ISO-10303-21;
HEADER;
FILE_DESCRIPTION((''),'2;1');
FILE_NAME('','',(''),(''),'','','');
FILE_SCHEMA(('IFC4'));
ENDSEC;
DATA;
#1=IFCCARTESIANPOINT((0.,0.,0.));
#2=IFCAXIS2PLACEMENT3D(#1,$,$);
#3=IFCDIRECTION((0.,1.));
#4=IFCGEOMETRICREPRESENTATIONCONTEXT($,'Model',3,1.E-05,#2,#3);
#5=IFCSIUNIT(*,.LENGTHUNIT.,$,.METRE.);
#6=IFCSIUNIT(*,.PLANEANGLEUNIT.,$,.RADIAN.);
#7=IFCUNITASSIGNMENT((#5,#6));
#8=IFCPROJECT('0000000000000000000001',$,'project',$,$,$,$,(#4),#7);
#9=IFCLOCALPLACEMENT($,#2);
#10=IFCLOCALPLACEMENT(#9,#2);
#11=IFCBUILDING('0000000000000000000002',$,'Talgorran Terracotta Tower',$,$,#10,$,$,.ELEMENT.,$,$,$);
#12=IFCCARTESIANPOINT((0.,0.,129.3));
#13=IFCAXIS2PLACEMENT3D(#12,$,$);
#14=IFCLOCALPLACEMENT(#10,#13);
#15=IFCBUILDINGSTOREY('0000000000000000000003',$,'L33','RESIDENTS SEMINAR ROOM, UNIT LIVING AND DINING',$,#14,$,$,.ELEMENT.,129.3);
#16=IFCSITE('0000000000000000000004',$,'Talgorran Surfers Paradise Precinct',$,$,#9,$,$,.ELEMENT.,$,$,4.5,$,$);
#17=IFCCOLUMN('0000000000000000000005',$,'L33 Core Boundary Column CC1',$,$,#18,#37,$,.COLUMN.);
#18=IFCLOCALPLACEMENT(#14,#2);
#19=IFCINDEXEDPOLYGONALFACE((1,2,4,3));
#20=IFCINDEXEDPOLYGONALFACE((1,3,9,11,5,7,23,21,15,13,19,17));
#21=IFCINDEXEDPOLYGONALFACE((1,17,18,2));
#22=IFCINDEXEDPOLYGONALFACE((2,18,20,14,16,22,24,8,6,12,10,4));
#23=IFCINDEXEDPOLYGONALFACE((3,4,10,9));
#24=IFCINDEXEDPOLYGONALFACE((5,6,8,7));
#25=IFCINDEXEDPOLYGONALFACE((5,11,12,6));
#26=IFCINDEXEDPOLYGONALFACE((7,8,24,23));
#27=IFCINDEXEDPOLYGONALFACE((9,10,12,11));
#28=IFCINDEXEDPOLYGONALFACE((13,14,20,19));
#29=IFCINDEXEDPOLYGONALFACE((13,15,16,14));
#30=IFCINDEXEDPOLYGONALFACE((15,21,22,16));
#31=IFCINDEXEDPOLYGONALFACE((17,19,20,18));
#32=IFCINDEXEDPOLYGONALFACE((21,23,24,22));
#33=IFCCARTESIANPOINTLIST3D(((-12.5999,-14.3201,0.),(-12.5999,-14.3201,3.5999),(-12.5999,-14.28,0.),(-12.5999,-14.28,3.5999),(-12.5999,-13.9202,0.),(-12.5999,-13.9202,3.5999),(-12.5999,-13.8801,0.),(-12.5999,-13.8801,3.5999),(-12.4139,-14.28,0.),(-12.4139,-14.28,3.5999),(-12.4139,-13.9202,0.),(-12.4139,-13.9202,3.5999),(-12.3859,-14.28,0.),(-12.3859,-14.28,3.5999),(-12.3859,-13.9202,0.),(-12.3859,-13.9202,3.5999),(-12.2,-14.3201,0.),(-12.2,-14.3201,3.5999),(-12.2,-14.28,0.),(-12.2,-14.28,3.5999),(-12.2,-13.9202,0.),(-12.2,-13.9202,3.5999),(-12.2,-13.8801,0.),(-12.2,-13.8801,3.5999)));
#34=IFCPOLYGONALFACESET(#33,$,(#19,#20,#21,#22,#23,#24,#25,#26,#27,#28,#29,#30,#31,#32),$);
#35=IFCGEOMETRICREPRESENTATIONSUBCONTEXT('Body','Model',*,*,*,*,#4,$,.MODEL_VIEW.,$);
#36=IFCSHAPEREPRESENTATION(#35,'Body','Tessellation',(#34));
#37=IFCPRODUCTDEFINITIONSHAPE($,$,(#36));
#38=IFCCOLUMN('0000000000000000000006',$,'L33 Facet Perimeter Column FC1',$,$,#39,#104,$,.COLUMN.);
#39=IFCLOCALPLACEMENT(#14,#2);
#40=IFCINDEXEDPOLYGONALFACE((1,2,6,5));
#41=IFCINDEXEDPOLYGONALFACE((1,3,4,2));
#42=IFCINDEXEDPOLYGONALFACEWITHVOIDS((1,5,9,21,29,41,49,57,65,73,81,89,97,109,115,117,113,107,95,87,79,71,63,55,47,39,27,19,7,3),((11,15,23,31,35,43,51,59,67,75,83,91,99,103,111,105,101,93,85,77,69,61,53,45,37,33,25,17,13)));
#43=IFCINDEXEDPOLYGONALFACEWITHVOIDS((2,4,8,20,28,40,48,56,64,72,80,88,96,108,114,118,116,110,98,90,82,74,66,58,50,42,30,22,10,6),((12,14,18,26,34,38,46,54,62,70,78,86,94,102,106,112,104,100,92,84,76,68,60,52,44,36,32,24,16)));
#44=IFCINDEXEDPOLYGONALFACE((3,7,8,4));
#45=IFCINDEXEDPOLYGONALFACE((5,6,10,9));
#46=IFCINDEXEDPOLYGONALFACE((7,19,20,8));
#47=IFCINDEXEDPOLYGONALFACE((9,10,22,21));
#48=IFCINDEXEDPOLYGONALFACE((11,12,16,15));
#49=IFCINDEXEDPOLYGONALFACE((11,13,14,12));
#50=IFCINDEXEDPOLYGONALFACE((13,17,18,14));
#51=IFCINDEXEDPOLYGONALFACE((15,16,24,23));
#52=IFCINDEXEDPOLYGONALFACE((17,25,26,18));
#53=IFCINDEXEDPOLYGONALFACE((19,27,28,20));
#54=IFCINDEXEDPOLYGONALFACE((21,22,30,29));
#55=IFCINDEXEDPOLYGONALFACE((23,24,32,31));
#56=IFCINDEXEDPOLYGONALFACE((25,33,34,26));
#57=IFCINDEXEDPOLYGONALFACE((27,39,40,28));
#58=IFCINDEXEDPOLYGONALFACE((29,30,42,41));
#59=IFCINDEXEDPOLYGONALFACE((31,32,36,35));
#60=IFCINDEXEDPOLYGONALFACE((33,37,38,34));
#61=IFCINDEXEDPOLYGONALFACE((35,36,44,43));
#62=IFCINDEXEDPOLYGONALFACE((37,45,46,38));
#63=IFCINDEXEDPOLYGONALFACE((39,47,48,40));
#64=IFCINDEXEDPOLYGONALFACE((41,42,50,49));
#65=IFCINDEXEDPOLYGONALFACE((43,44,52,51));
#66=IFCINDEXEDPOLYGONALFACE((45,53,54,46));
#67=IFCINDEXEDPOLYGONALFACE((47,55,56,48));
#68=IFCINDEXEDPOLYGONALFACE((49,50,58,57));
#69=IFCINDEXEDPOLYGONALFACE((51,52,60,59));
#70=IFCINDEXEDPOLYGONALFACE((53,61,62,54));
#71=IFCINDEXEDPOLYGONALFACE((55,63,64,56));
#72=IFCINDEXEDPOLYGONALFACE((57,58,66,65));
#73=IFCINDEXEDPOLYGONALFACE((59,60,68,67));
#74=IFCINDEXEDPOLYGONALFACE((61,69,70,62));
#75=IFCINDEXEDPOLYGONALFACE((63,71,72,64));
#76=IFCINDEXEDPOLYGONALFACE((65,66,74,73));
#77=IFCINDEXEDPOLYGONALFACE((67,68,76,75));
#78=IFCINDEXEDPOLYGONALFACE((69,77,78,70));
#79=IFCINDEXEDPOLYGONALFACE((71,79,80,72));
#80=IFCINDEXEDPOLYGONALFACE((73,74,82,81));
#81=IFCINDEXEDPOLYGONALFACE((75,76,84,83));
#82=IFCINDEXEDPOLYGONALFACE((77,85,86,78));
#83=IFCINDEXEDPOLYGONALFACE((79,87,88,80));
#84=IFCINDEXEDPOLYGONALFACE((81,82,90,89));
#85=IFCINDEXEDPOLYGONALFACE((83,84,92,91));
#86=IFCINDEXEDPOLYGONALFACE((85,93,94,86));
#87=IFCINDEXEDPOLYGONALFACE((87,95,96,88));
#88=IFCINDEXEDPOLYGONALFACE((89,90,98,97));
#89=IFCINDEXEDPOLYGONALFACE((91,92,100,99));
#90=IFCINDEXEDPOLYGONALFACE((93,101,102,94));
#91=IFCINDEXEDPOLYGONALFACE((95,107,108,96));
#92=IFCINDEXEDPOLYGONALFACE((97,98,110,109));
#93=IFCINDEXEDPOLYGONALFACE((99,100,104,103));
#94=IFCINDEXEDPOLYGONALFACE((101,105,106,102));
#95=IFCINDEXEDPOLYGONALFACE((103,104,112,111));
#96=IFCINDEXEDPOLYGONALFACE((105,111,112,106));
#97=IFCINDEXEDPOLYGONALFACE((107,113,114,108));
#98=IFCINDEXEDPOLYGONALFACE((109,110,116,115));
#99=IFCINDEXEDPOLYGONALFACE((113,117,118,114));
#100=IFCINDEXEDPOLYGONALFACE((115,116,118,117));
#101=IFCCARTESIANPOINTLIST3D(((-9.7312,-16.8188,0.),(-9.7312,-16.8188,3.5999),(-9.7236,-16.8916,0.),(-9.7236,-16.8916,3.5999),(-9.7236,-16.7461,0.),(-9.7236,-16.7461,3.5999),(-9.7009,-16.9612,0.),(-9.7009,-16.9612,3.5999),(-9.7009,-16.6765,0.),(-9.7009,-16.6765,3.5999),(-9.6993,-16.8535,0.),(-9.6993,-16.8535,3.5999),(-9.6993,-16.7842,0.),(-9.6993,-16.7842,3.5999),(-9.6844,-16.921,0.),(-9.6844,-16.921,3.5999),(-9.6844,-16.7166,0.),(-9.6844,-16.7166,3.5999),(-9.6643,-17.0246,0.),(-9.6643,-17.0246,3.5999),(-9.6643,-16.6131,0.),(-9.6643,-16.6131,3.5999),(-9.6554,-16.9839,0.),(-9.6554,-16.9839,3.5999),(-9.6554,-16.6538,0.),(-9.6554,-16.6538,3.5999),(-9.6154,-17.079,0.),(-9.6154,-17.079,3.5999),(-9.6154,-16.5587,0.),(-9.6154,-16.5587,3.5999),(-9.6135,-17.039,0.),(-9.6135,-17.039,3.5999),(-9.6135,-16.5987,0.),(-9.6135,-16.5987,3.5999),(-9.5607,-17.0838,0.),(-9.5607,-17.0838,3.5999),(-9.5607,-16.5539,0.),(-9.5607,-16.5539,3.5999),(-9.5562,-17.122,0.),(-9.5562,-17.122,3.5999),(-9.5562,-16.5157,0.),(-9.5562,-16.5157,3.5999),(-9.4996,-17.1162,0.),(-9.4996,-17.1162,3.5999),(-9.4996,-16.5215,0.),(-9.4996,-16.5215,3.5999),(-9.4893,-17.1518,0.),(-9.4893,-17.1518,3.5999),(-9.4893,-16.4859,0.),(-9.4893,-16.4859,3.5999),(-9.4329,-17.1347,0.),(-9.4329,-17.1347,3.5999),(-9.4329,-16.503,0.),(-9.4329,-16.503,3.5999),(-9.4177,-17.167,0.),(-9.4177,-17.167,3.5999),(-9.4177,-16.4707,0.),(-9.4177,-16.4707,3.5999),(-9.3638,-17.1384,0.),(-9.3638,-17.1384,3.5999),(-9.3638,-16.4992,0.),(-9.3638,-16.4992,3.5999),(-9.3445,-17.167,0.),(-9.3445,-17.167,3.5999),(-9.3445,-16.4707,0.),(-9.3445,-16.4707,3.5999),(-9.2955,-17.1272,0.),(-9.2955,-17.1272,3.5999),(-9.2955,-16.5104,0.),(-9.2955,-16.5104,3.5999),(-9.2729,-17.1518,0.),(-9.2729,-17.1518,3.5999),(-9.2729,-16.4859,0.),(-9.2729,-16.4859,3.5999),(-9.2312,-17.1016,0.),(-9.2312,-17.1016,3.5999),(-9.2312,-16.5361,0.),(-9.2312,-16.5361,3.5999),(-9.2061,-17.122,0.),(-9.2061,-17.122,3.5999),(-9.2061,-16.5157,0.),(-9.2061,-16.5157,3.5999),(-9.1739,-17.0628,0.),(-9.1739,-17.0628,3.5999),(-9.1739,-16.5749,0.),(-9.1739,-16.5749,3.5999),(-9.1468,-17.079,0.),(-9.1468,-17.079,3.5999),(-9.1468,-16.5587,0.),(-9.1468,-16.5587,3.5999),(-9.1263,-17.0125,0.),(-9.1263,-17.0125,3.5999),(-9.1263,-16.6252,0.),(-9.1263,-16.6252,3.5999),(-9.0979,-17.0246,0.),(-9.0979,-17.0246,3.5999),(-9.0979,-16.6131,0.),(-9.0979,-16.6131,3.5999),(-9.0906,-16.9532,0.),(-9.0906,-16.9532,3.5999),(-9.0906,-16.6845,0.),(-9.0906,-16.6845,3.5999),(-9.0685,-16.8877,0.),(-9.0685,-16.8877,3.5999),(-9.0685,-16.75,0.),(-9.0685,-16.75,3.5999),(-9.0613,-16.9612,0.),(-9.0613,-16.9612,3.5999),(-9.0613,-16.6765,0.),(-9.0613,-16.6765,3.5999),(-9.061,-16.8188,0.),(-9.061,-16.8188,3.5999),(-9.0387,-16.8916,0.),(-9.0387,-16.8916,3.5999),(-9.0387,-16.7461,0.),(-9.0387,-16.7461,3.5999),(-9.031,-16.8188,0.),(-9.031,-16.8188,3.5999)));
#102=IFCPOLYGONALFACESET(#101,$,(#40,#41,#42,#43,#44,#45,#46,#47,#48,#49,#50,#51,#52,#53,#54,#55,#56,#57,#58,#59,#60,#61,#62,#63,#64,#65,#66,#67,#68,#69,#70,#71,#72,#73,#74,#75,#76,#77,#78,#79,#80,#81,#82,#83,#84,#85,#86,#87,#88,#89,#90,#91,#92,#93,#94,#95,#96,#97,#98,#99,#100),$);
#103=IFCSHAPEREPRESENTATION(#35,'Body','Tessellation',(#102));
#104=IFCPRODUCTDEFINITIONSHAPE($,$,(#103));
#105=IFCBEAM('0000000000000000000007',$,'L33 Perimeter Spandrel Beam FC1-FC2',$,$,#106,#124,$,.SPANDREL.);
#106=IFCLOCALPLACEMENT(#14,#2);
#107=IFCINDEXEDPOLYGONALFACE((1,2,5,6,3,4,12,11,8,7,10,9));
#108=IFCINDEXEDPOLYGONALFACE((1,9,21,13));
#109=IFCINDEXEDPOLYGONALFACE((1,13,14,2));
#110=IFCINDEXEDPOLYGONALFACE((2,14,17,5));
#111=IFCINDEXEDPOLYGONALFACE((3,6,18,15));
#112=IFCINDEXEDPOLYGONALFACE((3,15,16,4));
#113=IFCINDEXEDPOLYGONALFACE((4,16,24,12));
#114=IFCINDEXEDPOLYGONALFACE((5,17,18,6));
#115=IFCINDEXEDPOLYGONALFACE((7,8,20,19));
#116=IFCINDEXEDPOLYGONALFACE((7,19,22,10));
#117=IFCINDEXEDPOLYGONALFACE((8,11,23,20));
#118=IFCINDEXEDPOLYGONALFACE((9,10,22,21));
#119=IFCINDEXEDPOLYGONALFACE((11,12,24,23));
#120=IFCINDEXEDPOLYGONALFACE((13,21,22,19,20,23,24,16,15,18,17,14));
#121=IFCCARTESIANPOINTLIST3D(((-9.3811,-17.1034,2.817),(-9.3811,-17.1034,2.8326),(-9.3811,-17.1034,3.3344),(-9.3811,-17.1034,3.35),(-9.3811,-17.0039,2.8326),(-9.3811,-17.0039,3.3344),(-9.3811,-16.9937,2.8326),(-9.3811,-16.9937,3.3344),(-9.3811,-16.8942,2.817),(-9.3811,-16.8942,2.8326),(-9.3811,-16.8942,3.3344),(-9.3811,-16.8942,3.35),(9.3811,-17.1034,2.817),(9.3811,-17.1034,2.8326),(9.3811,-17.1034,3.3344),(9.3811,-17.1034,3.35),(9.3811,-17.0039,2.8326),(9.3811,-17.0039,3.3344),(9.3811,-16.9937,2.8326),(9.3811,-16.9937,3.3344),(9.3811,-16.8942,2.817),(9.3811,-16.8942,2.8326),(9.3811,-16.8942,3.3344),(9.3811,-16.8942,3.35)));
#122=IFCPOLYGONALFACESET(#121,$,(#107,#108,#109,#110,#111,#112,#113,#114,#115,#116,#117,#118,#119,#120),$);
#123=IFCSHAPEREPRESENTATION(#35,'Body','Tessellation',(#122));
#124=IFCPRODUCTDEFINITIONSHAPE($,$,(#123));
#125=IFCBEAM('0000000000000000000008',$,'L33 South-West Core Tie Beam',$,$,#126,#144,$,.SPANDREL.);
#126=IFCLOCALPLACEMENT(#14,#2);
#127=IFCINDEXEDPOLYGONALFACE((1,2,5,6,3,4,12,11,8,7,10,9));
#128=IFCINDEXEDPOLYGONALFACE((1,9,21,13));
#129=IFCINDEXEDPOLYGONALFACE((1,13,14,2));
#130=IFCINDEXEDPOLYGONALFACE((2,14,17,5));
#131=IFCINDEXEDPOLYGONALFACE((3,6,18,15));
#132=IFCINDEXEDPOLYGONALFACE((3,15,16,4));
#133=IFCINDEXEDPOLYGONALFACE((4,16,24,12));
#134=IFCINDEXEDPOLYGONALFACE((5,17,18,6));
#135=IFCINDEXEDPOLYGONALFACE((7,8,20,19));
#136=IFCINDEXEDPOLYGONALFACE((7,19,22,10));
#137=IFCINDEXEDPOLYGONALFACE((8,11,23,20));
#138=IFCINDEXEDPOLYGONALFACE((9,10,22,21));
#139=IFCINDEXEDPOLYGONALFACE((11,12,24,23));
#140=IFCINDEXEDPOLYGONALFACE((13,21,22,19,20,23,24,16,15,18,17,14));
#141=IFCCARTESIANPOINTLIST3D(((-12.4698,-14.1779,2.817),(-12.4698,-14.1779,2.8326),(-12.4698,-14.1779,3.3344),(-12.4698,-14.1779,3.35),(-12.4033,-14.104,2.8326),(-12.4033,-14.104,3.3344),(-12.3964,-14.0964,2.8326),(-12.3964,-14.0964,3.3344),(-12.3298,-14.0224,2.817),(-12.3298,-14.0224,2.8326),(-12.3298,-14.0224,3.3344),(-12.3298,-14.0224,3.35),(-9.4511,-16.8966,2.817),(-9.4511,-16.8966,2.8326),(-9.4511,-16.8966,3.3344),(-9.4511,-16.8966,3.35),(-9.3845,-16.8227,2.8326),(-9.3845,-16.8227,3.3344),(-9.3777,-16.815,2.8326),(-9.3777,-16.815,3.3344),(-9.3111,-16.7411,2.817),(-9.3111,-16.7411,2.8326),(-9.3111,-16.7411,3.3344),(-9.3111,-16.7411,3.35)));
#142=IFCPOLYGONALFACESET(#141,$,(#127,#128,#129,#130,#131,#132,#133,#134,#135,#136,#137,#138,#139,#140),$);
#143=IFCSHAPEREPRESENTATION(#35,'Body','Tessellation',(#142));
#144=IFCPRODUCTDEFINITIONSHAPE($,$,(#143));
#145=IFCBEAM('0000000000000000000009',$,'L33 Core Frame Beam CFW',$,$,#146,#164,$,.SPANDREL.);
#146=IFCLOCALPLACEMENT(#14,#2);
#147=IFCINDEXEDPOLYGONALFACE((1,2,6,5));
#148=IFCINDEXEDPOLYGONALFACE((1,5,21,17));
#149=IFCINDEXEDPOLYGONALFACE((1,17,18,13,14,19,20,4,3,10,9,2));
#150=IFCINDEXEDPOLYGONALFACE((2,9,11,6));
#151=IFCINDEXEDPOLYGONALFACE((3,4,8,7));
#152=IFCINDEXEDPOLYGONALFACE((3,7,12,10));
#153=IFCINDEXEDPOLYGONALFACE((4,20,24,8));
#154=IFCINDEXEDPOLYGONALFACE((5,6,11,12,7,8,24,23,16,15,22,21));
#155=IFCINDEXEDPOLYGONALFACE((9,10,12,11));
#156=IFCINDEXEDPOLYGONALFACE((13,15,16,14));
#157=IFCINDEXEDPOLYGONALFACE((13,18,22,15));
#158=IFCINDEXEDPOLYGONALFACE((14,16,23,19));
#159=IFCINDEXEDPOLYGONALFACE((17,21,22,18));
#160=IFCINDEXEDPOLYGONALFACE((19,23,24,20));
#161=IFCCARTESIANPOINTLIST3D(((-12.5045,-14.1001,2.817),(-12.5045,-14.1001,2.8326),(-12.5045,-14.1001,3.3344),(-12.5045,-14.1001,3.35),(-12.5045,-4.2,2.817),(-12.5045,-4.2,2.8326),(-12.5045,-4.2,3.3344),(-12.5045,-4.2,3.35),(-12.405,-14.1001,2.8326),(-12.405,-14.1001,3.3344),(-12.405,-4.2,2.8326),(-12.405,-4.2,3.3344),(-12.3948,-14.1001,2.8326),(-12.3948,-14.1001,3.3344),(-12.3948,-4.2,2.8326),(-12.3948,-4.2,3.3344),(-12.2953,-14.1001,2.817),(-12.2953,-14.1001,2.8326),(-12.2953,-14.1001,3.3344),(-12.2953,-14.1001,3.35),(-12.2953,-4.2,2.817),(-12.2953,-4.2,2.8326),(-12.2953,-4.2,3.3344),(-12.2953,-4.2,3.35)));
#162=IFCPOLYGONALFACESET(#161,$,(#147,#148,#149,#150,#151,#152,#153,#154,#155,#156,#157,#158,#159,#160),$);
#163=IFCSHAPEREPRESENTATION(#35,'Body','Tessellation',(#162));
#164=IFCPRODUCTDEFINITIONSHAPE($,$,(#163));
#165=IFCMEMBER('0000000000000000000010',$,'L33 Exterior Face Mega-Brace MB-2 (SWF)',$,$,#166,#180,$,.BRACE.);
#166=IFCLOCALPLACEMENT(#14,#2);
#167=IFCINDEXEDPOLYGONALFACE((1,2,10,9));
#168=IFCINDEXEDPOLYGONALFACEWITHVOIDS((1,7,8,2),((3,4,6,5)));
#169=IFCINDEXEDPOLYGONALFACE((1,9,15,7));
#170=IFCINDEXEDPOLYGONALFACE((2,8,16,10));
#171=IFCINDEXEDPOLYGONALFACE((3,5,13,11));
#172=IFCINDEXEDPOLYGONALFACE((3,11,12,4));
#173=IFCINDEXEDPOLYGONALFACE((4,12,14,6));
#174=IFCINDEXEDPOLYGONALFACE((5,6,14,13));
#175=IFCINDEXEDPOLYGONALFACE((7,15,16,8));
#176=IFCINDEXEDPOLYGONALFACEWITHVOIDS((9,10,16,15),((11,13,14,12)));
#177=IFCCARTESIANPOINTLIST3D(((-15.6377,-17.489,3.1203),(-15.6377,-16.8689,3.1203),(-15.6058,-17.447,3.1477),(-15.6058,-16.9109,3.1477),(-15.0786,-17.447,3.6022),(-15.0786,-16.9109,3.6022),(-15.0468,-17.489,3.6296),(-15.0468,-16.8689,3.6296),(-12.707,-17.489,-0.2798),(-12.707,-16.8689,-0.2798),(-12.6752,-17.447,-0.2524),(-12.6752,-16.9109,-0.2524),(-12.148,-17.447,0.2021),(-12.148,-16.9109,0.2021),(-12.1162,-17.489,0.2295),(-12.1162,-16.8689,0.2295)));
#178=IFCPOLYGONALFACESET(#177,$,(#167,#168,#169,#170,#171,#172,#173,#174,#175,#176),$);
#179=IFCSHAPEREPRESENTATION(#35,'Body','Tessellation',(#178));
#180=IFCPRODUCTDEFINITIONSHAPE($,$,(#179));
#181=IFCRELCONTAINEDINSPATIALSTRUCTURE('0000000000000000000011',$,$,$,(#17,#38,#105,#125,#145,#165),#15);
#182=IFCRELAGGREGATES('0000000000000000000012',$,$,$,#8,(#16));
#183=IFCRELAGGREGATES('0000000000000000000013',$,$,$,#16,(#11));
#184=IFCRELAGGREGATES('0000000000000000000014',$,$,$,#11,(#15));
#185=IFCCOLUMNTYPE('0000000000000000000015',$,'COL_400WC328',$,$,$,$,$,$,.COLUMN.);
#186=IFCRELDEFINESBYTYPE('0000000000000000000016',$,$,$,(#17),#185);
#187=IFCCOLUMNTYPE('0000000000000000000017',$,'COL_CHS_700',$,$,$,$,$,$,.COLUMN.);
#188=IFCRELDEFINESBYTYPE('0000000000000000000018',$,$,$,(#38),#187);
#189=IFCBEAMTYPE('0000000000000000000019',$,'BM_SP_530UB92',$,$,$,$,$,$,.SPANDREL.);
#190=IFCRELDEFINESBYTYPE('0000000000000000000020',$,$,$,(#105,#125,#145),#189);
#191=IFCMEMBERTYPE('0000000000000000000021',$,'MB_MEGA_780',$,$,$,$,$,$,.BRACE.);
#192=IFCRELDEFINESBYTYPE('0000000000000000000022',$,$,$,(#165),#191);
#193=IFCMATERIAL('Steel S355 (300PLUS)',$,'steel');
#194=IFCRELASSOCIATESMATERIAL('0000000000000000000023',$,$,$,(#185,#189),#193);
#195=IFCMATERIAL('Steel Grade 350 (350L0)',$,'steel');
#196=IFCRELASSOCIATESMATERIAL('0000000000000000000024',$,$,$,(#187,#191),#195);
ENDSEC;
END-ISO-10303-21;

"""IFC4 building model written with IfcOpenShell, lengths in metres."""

from ifc_helpers import new_model, si_unit, direction, frame, origin, origin_2d, place, context, subcontext, project, spatial, hollow_rectangle, hollow_circle, i_section, extrude, material, material_profile, profile_set, type_object, element, save


model = new_model("IFC4")

# Units and contexts
model_context = context("Model", 3, precision=1e-05, world=origin(), true_north=direction((0.0, 1.0)))
body_context = subcontext(model_context, "Body", "Model", "MODEL_VIEW")
ifc_project = project(units=[si_unit("LENGTHUNIT", "METRE"), si_unit("PLANEANGLEUNIT", "RADIAN")], contexts=[model_context])

# Site, building, storey
site_placement = place(None, origin())
site = spatial("IfcSite", under=ifc_project, at=site_placement, Name="Talgorran Surfers Paradise Precinct", CompositionType="ELEMENT", RefElevation=4.5)
building_placement = place(site_placement, origin())
building = spatial("IfcBuilding", under=site, at=building_placement, Name="Talgorran Terracotta Tower", CompositionType="ELEMENT")
storey_placement = place(building_placement, frame((0.0, 0.0, 129.3)))
storey = spatial("IfcBuildingStorey", under=building, at=storey_placement, Name="L33", Description="RESIDENTS SEMINAR ROOM, UNIT LIVING AND DINING", CompositionType="ELEMENT", Elevation=129.3)

# Columns
ifc_material_1 = material(Name="Steel S355 (300PLUS)", Category="steel")
ifc_material_profile_1 = material_profile(ifc_material_1, i_section(OverallWidth=0.3999, OverallDepth=0.4399, WebThickness=0.0281, FlangeThickness=0.04, at=origin_2d()), Name="400WC328")
ifc_profile_set_1 = profile_set([ifc_material_profile_1], Name="Steel S355 (300PLUS)")
column_type_1 = type_object("IfcColumnType", Name="COL_400WC328", PredefinedType="COLUMN", material=ifc_profile_set_1)
column_1_placement = place(storey_placement, frame((-12.3999, -14.1001, 0.0), z_axis=(0.0, 0.0, 1.0), x_axis=(1.0, 0.0, 0.0)))
element("IfcColumn", 1, at=column_1_placement, inside=storey, type_object=column_type_1, Name="L33 Core Boundary Column CC1", PredefinedType="COLUMN", context=body_context, shape_type="SweptSolid", body=[
    extrude(i_section(OverallWidth=0.3999, OverallDepth=0.4399, WebThickness=0.0281, FlangeThickness=0.04, at=origin_2d()), origin(), (0.0, 0.0, 1.0), 3.5999),
])
ifc_material_2 = material(Name="Steel Grade 350 (350L0)", Category="steel")
ifc_material_profile_2 = material_profile(ifc_material_2, hollow_circle(Radius=0.3501, WallThickness=0.03, at=origin_2d()), Name="CHS700X30")
ifc_profile_set_2 = profile_set([ifc_material_profile_2], Name="Steel Grade 350 (350L0)")
column_type_2 = type_object("IfcColumnType", Name="COL_CHS_700", PredefinedType="COLUMN", material=ifc_profile_set_2)
column_2_placement = place(storey_placement, frame((-9.3811, -16.8188, 0.0), z_axis=(0.0, 0.0, 1.0), x_axis=(1.0, 0.0, 0.0)))
element("IfcColumn", 2, at=column_2_placement, inside=storey, type_object=column_type_2, Name="L33 Facet Perimeter Column FC1", PredefinedType="COLUMN", context=body_context, shape_type="SweptSolid", body=[
    extrude(hollow_circle(Radius=0.3501, WallThickness=0.03, at=origin_2d()), origin(), (0.0, 0.0, 1.0), 3.5999),
])

# Beams
ifc_material_profile_3 = material_profile(ifc_material_1, i_section(OverallWidth=0.2092, OverallDepth=0.533, WebThickness=0.0103, FlangeThickness=0.0156, at=origin_2d()), Name="530UB92.4")
ifc_profile_set_3 = profile_set([ifc_material_profile_3], Name="Steel S355 (300PLUS)")
beam_type = type_object("IfcBeamType", Name="BM_SP_530UB92", PredefinedType="SPANDREL", material=ifc_profile_set_3)
beam_1_placement = place(storey_placement, frame((-9.3811, -16.9988, 3.0835), z_axis=(1.0, 0.0, 0.0), x_axis=(0.0, 1.0, 0.0)))
element("IfcBeam", 3, at=beam_1_placement, inside=storey, type_object=beam_type, Name="L33 Perimeter Spandrel Beam FC1-FC2", PredefinedType="SPANDREL", context=body_context, shape_type="SweptSolid", body=[
    extrude(i_section(OverallWidth=0.2092, OverallDepth=0.533, WebThickness=0.0103, FlangeThickness=0.0156, at=origin_2d()), origin(), (0.0, 0.0, 1.0), 18.7622),
])
beam_2_placement = place(storey_placement, frame((-9.3811, -16.8188, 3.0835), z_axis=(-0.74307, 0.669214, 0.0), x_axis=(-0.669214, -0.74307, 0.0)))
element("IfcBeam", 4, at=beam_2_placement, inside=storey, type_object=beam_type, Name="L33 South-West Core Tie Beam", PredefinedType="SPANDREL", context=body_context, shape_type="SweptSolid", body=[
    extrude(i_section(OverallWidth=0.2092, OverallDepth=0.533, WebThickness=0.0103, FlangeThickness=0.0156, at=origin_2d()), origin(), (0.0, 0.0, 1.0), 4.0625),
])
beam_3_placement = place(storey_placement, frame((-12.3999, -14.1001, 3.0835), z_axis=(0.0, 1.0, 0.0), x_axis=(-1.0, 0.0, 0.0)))
element("IfcBeam", 5, at=beam_3_placement, inside=storey, type_object=beam_type, Name="L33 Core Frame Beam CFW", PredefinedType="SPANDREL", context=body_context, shape_type="SweptSolid", body=[
    extrude(i_section(OverallWidth=0.2092, OverallDepth=0.533, WebThickness=0.0103, FlangeThickness=0.0156, at=origin_2d()), origin(), (0.0, 0.0, 1.0), 9.9001),
])

# Member
ifc_material_profile_4 = material_profile(ifc_material_2, hollow_rectangle(XDim=0.6201, YDim=0.78, WallThickness=0.042, at=origin_2d()), Name="WBOX780X620X42")
ifc_profile_set_4 = profile_set([ifc_material_profile_4], Name="Steel Grade 350 (350L0)")
member_type_1 = type_object("IfcMemberType", Name="MB_MEGA_780", PredefinedType="BRACE", material=ifc_profile_set_4)
member_1_placement = place(storey_placement, frame((-12.4116, -17.179, -0.0251), z_axis=(-0.652876, 0.0, 0.757465), x_axis=(0.0, -1.0, 0.0)))
element("IfcMember", 6, at=member_1_placement, inside=storey, type_object=member_type_1, Name="L33 Exterior Face Mega-Brace MB-2 (SWF)", PredefinedType="BRACE", context=body_context, shape_type="SweptSolid", body=[
    extrude(hollow_rectangle(XDim=0.6201, YDim=0.78, WallThickness=0.042, at=origin_2d()), origin(), (0.0, 0.0, 1.0), 4.4888),
])

save(model, "model.ifc")
